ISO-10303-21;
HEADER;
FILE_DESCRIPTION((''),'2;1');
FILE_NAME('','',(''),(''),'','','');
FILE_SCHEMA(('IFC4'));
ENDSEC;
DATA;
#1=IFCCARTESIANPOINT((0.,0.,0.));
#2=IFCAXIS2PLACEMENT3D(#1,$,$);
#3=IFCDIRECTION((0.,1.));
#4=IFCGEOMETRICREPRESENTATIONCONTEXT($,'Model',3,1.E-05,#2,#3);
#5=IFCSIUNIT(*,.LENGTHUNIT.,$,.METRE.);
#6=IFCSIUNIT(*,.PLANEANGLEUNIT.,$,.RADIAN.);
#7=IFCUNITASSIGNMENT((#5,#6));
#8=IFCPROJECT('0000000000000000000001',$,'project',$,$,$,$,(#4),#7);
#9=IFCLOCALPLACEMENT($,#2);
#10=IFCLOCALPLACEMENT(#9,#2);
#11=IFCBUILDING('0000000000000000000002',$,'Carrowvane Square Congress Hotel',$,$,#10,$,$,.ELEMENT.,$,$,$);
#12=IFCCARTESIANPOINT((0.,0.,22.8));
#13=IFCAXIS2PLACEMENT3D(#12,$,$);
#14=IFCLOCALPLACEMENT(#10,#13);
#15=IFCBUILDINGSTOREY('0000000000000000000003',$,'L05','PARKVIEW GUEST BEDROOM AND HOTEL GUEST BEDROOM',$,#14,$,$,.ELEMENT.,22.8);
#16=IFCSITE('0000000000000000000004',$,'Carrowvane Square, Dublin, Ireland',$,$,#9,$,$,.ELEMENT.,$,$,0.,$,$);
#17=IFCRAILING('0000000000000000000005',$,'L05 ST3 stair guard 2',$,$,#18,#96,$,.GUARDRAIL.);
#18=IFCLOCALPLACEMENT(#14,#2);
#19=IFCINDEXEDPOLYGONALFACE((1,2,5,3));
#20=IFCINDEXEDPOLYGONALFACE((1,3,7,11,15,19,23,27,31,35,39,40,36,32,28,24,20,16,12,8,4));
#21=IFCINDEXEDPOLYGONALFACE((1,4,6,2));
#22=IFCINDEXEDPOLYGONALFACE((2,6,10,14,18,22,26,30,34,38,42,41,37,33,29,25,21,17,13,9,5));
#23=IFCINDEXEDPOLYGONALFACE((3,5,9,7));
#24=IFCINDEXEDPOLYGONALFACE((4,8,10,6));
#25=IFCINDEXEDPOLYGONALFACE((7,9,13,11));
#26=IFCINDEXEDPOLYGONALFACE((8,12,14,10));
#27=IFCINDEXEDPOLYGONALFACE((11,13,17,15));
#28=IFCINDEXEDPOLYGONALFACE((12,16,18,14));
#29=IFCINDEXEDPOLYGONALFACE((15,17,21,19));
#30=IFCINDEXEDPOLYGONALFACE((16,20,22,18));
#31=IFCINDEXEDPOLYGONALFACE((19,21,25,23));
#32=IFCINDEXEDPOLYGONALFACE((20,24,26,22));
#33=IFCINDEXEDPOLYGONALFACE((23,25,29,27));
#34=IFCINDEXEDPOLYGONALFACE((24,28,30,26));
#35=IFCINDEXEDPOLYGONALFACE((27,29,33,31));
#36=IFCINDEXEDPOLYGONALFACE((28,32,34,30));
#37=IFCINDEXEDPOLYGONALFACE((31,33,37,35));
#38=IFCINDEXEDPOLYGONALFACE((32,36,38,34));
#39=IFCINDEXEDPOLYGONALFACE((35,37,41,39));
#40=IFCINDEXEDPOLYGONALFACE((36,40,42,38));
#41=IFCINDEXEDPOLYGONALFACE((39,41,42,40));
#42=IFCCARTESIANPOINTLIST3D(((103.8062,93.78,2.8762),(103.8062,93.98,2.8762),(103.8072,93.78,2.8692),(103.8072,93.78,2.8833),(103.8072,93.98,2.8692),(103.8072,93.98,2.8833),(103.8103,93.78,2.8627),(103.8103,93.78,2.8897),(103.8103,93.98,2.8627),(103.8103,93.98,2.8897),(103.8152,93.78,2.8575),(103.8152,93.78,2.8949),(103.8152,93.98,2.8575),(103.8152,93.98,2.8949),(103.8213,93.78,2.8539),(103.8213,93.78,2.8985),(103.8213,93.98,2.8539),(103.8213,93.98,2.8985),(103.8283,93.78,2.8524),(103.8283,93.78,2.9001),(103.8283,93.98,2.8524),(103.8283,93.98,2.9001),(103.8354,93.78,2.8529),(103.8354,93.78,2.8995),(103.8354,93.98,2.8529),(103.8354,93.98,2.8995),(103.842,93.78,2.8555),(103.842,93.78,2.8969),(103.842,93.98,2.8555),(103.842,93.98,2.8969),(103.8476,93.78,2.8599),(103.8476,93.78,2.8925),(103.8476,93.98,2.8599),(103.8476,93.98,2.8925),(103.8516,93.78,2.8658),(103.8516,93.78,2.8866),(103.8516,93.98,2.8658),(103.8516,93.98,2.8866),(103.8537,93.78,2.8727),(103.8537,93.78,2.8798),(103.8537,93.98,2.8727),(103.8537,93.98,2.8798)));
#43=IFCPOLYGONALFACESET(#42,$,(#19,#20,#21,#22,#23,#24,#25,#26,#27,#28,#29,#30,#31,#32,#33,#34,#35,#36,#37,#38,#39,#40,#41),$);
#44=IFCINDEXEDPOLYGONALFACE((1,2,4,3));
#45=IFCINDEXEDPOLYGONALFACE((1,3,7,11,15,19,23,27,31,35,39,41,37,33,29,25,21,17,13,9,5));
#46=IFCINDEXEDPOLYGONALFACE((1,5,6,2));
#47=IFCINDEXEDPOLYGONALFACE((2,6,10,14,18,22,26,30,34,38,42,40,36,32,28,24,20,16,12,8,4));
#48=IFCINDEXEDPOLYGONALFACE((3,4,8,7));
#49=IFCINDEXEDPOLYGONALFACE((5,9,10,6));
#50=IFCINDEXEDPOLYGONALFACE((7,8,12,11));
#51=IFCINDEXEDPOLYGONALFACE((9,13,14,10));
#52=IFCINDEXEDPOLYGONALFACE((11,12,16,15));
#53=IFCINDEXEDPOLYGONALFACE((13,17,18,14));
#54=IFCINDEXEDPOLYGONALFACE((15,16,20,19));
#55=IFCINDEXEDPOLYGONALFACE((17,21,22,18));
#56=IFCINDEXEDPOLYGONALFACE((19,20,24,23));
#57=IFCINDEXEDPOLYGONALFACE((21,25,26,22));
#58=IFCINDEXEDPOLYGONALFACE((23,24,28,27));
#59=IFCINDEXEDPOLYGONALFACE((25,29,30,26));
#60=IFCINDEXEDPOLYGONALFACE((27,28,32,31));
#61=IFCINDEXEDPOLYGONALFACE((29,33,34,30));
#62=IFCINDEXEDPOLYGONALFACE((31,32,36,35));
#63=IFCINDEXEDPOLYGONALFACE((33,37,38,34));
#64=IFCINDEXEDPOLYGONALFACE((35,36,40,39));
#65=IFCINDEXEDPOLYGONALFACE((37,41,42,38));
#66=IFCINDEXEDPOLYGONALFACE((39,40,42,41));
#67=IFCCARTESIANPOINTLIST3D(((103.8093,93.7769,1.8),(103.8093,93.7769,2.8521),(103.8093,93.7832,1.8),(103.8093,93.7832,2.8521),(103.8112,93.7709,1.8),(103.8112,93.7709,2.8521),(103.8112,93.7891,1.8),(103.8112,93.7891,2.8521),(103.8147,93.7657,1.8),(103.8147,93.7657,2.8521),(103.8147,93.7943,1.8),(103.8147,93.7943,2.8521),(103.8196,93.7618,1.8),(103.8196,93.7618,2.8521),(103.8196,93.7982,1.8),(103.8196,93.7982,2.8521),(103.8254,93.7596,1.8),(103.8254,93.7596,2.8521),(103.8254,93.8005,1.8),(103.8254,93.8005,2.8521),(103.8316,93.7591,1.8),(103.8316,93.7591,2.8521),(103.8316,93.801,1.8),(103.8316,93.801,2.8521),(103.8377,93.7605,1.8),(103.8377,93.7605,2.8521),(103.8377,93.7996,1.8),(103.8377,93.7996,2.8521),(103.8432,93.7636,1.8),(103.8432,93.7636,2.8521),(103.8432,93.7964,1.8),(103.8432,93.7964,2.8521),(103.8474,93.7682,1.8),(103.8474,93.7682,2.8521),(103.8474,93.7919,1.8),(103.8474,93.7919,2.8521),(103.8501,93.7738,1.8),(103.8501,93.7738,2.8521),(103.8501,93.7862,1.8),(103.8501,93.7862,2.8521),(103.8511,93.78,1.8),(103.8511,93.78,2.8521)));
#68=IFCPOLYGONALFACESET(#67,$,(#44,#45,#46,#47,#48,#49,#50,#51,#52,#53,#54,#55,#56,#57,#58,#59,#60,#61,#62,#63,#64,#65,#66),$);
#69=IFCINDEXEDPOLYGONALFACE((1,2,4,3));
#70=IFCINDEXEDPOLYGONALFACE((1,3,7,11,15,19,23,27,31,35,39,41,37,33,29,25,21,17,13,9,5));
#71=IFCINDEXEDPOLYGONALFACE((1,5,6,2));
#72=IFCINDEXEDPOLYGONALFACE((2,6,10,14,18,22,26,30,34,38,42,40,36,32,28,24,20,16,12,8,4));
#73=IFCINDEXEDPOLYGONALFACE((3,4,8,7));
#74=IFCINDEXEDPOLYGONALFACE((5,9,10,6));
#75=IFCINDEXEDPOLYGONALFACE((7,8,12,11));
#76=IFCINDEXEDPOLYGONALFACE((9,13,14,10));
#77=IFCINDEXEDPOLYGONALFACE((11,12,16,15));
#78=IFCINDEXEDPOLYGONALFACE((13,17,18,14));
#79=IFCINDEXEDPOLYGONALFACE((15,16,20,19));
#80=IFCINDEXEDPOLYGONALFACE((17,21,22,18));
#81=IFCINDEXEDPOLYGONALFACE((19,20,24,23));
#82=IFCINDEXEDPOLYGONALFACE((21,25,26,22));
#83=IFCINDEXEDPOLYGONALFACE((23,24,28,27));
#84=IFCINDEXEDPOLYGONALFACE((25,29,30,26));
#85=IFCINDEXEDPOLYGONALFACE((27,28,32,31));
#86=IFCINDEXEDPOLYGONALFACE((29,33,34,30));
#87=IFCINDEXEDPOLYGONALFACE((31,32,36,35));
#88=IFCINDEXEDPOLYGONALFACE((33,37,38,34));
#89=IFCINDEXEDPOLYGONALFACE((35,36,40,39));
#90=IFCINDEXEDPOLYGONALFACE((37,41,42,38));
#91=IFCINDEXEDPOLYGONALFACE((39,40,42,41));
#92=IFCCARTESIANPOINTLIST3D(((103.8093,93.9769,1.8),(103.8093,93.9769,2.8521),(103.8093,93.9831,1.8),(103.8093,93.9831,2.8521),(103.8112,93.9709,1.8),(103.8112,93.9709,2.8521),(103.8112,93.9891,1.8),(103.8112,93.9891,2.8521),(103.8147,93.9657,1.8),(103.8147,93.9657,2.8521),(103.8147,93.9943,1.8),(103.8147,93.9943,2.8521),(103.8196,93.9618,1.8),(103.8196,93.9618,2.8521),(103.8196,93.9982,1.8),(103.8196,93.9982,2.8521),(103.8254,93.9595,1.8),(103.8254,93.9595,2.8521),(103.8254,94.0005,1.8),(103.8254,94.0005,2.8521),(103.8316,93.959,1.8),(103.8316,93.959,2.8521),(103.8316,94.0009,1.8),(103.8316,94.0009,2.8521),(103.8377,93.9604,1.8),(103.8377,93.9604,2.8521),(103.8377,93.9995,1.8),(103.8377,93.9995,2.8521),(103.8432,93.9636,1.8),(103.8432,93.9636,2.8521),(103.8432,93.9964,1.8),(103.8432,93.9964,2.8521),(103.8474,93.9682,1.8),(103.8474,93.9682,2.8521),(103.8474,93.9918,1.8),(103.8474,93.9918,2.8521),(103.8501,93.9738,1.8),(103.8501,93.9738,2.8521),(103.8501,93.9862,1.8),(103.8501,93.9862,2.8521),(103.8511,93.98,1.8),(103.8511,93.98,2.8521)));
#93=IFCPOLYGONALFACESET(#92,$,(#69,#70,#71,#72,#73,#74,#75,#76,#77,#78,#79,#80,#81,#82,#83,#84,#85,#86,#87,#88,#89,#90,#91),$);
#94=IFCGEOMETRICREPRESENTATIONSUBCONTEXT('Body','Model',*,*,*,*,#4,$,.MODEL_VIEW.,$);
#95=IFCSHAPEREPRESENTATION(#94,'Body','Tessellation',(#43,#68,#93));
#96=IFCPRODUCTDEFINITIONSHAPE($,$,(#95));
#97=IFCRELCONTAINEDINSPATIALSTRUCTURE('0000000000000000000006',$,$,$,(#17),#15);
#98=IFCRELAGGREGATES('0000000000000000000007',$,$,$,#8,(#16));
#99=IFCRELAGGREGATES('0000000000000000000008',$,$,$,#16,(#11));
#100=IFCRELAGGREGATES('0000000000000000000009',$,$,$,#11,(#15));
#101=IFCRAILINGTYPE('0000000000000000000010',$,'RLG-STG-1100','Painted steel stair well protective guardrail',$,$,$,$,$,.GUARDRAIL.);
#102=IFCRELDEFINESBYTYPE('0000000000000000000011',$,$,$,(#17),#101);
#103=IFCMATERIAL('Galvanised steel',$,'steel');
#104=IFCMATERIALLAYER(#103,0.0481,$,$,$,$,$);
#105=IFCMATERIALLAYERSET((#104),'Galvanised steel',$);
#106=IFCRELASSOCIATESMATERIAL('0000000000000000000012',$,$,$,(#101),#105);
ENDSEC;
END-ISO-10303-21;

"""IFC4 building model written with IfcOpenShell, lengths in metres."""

from ifc_helpers import new_model, si_unit, direction, frame, origin, origin_2d, place, context, subcontext, project, spatial, circle, extrude, material, layer, layer_set, type_object, element, save


model = new_model("IFC4")

# Units and contexts
model_context = context("Model", 3, precision=1e-05, world=origin(), true_north=direction((0.0, 1.0)))
body_context = subcontext(model_context, "Body", "Model", "MODEL_VIEW")
ifc_project = project(units=[si_unit("LENGTHUNIT", "METRE"), si_unit("PLANEANGLEUNIT", "RADIAN")], contexts=[model_context])

# Site, building, storey
site_placement = place(None, origin())
site = spatial("IfcSite", under=ifc_project, at=site_placement, Name="Carrowvane Square, Dublin, Ireland", CompositionType="ELEMENT", RefElevation=0.0)
building_placement = place(site_placement, origin())
building = spatial("IfcBuilding", under=site, at=building_placement, Name="Carrowvane Square Congress Hotel", CompositionType="ELEMENT")
storey_placement = place(building_placement, frame((0.0, 0.0, 22.8)))
storey = spatial("IfcBuildingStorey", under=building, at=storey_placement, Name="L05", Description="PARKVIEW GUEST BEDROOM AND HOTEL GUEST BEDROOM", CompositionType="ELEMENT", Elevation=22.8)

# Railing
ifc_material_1 = material(Name="Galvanised steel", Category="steel")
ifc_layer_1 = layer(ifc_material_1, 0.0481)
ifc_layer_set_1 = layer_set([ifc_layer_1], Name="Galvanised steel")
railing_type_1 = type_object("IfcRailingType", Name="RLG-STG-1100", Description="Painted steel stair well protective guardrail", PredefinedType="GUARDRAIL", material=ifc_layer_set_1)
railing_1_placement = place(storey_placement, frame((103.8301, 93.78, 1.8)))
element("IfcRailing", 1, at=railing_1_placement, inside=storey, type_object=railing_type_1, Name="L05 ST3 stair guard 2", PredefinedType="GUARDRAIL", context=body_context, shape_type="SweptSolid", body=[
    extrude(circle(Radius=0.0239, at=origin_2d()), frame((0.0, 0.0, 1.0762), z_axis=(0.0, 1.0, 0.0), x_axis=(-1.0, 0.0, 0.0)), (0.0, 0.0, 1.0), 0.2),
    extrude(circle(Radius=0.021, at=origin_2d()), origin(), (0.0, 0.0, 1.0), 1.052),
    extrude(circle(Radius=0.021, at=origin_2d()), frame((0.0, 0.2, 0.0)), (0.0, 0.0, 1.0), 1.052),
])

save(model, "model.ifc")
